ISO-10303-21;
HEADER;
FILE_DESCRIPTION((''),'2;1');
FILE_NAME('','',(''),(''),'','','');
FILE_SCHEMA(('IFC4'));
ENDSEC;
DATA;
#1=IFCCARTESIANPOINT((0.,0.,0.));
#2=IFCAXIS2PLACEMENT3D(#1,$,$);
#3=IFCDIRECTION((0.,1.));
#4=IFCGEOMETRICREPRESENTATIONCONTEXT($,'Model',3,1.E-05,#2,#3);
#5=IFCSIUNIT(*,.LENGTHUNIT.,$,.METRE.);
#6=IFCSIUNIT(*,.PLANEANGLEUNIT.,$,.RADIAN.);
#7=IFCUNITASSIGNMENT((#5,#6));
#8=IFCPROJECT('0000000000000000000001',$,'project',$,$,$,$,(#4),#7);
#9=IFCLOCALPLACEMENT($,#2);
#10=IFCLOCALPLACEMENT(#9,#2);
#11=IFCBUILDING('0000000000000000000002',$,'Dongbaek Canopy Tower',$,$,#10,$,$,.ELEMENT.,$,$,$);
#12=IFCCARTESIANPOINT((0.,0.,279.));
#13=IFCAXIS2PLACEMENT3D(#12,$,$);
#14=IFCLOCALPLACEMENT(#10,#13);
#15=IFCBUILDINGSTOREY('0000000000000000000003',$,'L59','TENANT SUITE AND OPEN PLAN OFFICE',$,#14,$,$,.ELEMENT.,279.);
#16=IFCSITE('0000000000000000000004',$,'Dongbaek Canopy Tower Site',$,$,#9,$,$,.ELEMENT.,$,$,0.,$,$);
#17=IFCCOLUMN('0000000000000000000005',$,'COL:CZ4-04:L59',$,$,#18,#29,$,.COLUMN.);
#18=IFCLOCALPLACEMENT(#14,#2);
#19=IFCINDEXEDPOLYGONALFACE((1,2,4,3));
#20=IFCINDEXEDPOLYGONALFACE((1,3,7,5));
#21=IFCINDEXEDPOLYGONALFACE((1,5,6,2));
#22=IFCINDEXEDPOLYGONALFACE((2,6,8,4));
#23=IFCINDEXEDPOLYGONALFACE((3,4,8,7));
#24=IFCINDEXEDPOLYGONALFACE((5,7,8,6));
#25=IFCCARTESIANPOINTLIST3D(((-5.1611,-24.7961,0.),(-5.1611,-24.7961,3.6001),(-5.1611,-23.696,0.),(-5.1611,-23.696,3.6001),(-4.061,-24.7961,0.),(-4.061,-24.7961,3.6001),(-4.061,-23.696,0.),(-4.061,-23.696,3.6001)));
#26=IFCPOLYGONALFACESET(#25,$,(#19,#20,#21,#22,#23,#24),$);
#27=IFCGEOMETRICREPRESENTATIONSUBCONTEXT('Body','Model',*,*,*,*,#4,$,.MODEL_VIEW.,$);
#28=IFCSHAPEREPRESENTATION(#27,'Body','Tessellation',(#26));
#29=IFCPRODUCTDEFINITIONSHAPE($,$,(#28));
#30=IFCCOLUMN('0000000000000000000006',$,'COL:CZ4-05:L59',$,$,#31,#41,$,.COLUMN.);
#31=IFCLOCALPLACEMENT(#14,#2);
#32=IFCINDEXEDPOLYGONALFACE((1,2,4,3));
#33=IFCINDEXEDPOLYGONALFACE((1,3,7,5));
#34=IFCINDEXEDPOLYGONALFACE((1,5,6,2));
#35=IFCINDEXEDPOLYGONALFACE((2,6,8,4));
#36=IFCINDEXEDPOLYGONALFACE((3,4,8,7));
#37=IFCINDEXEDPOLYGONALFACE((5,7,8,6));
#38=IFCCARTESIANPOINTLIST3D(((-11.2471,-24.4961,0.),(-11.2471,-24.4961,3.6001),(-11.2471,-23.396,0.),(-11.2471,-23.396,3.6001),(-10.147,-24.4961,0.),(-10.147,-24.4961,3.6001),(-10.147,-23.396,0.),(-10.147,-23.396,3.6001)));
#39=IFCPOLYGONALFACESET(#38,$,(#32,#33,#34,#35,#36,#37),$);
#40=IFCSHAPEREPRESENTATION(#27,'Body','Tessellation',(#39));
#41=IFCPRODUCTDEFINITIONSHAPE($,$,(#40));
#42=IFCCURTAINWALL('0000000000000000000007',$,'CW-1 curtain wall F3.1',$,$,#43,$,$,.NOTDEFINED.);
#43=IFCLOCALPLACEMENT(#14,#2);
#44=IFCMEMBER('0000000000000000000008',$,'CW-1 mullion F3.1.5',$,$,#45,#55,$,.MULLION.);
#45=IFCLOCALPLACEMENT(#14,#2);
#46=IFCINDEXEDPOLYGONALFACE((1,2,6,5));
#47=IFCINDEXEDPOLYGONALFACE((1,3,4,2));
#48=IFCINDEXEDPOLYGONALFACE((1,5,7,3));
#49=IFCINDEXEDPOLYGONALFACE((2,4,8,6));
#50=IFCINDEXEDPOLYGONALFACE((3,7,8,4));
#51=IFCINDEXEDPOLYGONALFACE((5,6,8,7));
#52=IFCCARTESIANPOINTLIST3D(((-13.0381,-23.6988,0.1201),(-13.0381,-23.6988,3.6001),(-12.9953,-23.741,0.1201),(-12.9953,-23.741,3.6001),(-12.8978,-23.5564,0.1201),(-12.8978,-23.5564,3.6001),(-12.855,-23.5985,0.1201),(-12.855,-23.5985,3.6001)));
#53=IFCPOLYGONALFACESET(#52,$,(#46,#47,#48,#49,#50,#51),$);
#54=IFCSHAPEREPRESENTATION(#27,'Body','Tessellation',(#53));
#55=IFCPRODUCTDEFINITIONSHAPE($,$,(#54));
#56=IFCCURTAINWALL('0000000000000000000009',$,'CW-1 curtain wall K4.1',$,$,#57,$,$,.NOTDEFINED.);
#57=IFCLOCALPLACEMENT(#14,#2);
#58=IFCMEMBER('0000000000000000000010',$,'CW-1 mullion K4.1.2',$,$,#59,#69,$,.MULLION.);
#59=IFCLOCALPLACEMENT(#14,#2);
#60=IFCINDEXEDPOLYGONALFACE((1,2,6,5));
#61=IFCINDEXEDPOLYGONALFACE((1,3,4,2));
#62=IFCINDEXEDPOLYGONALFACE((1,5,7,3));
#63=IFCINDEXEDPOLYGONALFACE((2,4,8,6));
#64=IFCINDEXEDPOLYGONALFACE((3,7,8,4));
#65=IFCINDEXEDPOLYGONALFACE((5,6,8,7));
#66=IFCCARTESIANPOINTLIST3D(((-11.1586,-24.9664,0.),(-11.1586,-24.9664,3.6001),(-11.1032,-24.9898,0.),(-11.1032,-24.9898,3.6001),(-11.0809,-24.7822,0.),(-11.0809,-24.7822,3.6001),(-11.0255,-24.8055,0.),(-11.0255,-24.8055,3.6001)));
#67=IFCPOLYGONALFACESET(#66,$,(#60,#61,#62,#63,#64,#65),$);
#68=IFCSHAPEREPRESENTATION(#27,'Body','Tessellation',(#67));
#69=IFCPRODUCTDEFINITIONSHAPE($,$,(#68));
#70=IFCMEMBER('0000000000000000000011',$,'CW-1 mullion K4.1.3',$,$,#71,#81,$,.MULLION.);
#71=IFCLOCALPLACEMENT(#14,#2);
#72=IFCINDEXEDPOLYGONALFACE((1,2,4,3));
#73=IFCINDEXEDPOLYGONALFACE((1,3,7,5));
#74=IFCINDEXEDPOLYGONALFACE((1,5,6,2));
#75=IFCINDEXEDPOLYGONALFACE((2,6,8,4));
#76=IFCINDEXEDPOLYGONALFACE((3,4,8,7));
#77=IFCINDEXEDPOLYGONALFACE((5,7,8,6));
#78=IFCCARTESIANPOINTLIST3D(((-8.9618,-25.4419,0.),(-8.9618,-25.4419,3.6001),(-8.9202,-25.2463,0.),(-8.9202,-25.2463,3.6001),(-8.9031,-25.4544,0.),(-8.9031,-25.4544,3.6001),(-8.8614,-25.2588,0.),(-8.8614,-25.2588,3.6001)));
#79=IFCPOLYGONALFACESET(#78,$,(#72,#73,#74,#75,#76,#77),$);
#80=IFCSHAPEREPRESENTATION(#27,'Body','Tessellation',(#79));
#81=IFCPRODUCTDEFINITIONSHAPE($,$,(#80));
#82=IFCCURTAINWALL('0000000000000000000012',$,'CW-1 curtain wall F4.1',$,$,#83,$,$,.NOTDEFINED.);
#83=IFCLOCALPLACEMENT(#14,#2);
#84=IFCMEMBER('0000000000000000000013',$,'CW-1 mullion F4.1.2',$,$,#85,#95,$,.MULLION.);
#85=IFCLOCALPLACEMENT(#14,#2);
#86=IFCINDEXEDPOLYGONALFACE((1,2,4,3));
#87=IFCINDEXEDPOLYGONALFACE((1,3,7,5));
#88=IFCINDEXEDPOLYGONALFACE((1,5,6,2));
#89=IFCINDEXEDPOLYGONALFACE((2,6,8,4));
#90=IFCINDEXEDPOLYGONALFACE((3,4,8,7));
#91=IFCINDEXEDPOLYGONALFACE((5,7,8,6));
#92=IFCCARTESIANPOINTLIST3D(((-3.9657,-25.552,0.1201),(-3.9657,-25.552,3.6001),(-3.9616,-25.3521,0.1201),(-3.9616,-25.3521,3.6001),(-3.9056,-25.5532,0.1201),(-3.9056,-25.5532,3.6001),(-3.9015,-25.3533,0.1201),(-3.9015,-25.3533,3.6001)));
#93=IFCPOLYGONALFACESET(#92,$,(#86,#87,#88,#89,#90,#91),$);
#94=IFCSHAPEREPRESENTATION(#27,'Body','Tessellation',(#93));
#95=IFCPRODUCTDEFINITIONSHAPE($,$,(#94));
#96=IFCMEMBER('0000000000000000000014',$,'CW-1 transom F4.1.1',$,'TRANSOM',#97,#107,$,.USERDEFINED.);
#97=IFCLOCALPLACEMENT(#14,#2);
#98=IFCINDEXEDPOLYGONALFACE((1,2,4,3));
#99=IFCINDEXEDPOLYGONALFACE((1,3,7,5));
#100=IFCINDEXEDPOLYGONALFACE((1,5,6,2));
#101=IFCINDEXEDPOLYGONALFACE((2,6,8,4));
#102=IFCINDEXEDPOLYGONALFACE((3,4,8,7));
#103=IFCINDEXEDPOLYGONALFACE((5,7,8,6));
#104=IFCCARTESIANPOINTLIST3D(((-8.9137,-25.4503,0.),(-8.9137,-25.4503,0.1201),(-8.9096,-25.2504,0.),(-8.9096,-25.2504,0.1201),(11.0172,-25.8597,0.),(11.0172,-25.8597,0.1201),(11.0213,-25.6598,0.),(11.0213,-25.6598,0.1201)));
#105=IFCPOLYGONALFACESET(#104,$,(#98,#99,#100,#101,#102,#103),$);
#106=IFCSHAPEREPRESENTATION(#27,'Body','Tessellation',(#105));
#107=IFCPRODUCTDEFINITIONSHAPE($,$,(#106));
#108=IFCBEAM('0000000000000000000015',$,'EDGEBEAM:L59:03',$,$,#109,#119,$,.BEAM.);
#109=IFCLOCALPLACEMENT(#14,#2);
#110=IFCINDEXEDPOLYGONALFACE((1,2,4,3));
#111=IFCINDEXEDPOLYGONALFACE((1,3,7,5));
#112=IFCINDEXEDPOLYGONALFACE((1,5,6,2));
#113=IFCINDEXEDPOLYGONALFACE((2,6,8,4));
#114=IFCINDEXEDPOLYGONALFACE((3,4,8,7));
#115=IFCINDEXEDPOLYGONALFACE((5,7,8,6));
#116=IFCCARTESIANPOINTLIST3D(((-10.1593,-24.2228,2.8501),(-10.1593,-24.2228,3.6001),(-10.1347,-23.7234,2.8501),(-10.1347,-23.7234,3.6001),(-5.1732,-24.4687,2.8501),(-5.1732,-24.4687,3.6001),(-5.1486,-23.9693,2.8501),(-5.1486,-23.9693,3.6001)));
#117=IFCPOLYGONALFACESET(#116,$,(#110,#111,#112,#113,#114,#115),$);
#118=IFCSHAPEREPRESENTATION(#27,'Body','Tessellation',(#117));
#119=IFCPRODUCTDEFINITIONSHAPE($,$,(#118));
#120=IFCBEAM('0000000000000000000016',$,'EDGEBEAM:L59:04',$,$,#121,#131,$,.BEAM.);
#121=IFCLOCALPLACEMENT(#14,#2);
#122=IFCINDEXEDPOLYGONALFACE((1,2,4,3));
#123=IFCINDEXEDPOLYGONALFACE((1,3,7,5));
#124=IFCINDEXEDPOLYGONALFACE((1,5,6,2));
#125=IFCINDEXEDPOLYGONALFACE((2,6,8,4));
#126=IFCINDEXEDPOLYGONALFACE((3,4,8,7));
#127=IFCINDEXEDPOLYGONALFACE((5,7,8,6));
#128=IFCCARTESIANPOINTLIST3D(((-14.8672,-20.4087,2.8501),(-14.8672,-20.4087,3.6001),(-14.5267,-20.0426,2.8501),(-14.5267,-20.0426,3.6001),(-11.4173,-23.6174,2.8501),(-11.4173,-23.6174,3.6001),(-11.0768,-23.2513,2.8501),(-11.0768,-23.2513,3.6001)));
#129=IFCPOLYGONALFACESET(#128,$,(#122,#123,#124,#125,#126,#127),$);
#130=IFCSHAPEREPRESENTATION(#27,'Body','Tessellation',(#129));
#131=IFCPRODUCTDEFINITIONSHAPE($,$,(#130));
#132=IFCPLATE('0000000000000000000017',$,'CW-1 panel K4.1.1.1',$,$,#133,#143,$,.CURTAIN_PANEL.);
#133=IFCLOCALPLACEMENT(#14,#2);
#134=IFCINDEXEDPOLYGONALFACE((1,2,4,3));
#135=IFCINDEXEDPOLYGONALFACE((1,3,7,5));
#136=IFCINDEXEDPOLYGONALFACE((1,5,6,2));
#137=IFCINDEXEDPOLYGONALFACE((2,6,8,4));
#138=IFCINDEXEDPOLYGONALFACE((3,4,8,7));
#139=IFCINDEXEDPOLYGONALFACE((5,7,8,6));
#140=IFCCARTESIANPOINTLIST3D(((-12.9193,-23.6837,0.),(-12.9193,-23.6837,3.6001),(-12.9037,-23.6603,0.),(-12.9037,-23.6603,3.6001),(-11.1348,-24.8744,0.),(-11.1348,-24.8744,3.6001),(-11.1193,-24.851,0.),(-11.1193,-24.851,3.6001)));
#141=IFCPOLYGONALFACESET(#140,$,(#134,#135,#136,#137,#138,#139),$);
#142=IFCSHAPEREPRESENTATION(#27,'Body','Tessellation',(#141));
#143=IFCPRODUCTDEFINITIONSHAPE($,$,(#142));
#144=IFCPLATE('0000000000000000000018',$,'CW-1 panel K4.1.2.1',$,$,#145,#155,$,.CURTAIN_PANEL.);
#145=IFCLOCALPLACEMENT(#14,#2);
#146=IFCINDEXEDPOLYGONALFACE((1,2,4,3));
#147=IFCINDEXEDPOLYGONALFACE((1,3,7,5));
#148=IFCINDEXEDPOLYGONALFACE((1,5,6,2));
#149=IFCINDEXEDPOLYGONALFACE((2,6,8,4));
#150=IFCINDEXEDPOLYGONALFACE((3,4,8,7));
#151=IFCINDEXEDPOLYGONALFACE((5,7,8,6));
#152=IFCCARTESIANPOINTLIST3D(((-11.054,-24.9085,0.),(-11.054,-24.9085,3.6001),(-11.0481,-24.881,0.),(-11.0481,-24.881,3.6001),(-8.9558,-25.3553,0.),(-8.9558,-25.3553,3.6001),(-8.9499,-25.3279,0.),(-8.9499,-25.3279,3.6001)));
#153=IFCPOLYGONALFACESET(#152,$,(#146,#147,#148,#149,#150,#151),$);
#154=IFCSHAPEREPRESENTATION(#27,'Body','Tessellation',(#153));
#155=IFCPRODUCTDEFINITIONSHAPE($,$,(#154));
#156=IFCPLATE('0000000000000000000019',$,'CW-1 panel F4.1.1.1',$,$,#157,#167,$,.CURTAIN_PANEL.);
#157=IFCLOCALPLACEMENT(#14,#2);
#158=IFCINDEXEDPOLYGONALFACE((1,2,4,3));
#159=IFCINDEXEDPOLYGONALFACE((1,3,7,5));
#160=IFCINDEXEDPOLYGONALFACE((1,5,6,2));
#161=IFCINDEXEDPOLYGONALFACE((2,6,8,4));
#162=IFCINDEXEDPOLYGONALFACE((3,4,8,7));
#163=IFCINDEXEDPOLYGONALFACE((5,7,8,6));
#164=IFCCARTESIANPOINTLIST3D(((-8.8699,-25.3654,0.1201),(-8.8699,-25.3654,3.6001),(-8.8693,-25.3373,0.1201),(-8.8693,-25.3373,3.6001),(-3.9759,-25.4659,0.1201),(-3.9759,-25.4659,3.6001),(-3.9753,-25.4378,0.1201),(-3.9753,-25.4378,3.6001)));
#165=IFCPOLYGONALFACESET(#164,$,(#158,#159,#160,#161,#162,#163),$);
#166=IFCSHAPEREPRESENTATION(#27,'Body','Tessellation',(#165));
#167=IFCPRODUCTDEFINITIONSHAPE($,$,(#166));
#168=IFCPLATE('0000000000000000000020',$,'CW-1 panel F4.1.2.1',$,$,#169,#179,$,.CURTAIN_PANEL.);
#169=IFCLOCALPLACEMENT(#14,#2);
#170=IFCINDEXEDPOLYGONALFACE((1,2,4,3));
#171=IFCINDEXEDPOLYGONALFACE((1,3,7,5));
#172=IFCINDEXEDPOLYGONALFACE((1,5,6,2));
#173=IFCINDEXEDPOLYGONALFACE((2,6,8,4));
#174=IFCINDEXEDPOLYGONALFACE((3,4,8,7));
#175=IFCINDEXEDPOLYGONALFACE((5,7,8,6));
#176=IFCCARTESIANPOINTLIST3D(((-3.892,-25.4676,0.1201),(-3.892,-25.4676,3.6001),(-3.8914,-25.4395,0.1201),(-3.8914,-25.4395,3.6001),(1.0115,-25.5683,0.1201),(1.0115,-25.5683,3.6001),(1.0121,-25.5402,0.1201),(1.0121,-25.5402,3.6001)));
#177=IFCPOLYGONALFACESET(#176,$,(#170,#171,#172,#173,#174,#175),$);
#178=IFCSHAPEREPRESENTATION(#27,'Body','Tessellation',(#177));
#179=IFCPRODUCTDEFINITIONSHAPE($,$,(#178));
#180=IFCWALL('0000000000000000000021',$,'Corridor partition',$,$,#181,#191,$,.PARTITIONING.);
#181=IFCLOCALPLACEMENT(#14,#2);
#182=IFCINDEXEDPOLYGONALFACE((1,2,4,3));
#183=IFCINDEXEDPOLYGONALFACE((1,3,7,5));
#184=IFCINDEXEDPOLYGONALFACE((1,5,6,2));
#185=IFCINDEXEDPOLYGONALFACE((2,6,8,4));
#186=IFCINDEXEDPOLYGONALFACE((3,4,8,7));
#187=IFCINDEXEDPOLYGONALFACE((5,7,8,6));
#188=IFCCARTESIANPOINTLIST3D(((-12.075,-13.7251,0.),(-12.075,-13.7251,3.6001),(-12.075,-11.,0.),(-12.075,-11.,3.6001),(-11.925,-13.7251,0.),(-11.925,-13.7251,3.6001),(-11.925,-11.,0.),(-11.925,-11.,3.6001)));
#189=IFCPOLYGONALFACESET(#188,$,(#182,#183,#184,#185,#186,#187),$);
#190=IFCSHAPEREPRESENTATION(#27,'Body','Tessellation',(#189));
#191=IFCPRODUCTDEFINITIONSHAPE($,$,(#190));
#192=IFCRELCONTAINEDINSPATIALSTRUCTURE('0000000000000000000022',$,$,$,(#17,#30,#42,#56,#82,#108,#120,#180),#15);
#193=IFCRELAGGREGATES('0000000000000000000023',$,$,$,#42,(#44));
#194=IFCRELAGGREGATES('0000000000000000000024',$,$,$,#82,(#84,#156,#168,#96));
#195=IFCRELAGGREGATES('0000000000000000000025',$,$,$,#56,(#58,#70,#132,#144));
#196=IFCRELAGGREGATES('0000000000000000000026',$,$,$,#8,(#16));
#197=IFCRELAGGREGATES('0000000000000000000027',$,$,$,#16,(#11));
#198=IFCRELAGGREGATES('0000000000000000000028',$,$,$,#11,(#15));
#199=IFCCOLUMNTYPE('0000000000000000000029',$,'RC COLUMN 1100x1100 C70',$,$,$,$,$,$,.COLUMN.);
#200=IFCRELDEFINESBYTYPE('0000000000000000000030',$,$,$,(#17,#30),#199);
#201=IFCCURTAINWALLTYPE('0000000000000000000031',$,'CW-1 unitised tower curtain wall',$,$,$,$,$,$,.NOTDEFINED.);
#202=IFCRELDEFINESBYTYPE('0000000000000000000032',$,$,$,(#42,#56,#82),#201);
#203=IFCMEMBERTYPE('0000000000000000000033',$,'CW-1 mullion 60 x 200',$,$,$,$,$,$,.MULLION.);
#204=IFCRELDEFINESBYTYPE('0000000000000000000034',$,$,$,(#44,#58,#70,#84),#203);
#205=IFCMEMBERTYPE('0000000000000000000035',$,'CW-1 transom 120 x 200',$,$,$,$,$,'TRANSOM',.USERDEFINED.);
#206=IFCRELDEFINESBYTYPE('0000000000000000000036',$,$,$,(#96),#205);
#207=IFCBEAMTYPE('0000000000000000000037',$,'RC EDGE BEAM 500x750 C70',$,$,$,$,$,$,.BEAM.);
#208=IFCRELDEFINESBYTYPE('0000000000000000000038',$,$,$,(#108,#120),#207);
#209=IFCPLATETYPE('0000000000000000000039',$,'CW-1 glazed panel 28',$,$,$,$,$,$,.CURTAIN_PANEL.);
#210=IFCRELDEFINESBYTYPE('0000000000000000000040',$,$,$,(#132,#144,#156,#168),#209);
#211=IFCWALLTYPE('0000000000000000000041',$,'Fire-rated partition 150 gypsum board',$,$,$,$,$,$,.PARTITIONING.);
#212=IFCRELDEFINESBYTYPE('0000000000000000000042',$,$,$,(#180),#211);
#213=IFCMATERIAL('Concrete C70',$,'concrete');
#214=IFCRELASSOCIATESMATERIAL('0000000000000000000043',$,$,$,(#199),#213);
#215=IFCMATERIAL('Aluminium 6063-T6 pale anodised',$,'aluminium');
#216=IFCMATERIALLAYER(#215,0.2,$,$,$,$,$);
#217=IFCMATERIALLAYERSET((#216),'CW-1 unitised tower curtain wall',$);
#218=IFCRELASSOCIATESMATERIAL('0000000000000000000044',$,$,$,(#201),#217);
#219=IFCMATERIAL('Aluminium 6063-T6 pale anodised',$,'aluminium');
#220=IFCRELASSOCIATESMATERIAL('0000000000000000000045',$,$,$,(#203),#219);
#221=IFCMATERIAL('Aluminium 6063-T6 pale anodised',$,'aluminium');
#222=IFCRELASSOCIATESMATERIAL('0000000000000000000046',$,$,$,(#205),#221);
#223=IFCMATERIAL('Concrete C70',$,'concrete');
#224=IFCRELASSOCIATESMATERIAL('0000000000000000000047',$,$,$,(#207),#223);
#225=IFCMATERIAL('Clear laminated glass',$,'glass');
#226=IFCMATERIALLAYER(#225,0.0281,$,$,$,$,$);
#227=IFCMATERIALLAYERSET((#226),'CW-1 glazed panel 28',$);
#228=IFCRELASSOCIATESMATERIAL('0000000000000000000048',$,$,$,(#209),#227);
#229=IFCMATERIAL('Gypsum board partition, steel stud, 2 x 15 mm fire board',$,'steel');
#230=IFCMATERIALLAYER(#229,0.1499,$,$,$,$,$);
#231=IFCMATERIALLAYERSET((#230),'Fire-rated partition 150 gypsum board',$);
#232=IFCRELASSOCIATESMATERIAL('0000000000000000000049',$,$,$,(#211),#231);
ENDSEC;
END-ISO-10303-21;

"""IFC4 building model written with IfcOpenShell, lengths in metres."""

from ifc_helpers import new_model, si_unit, direction, frame, frame_2d, origin, origin_2d, place, context, subcontext, project, spatial, rectangle, extrude, material, layer, layer_set, material_profile, profile_set, type_object, element, aggregate, save


model = new_model("IFC4")

# Units and contexts
model_context = context("Model", 3, precision=1e-05, world=origin(), true_north=direction((0.0, 1.0)))
body_context = subcontext(model_context, "Body", "Model", "MODEL_VIEW")
ifc_project = project(units=[si_unit("LENGTHUNIT", "METRE"), si_unit("PLANEANGLEUNIT", "RADIAN")], contexts=[model_context])

# Site, building, storey
site_placement = place(None, origin())
site = spatial("IfcSite", under=ifc_project, at=site_placement, Name="Dongbaek Canopy Tower Site", CompositionType="ELEMENT", RefElevation=0.0)
building_placement = place(site_placement, origin())
building = spatial("IfcBuilding", under=site, at=building_placement, Name="Dongbaek Canopy Tower", CompositionType="ELEMENT")
storey_placement = place(building_placement, frame((0.0, 0.0, 279.0)))
storey = spatial("IfcBuildingStorey", under=building, at=storey_placement, Name="L59", Description="TENANT SUITE AND OPEN PLAN OFFICE", CompositionType="ELEMENT", Elevation=279.0)

# Columns
ifc_material_1 = material(Name="Concrete C70", Category="concrete")
ifc_material_profile_1 = material_profile(ifc_material_1, rectangle(XDim=1.1001, YDim=1.1001, at=origin_2d()), Name="RC COLUMN 1100x1100 C70")
ifc_profile_set_1 = profile_set([ifc_material_profile_1], Name="Concrete C70")
column_type = type_object("IfcColumnType", Name="RC COLUMN 1100x1100 C70", PredefinedType="COLUMN", material=ifc_profile_set_1)
for number, where, z_axis, x_axis, name in (
    (1, (-4.6111, -24.2461, 0.0), (0.0, 0.0, 1.0), (1.0, 0.0, 0.0), "COL:CZ4-04:L59"),
    (2, (-10.697, -23.946, 0.0), (0.0, 0.0, 1.0), (1.0, 0.0, 0.0), "COL:CZ4-05:L59"),
):
    element("IfcColumn", number, at=place(storey_placement, frame(where, z_axis=z_axis, x_axis=x_axis)), inside=storey, type_object=column_type, Name=name, PredefinedType="COLUMN", context=body_context, shape_type="SweptSolid", body=[
        extrude(rectangle(XDim=1.1001, YDim=1.1001, at=origin_2d()), origin(), (0.0, 0.0, 1.0), 3.6001),
    ])

# Curtain wall, member
ifc_material_2 = material(Name="Aluminium 6063-T6 pale anodised", Category="aluminium")
ifc_layer_1 = layer(ifc_material_2, 0.2)
ifc_layer_set_1 = layer_set([ifc_layer_1], Name="CW-1 unitised tower curtain wall")
curtain_wall_type = type_object("IfcCurtainWallType", Name="CW-1 unitised tower curtain wall", PredefinedType="NOTDEFINED", material=ifc_layer_set_1)
curtain_wall_1_placement = place(storey_placement, origin())
curtain_wall_1 = element("IfcCurtainWall", 3, at=curtain_wall_1_placement, inside=storey, type_object=curtain_wall_type, Name="CW-1 curtain wall F3.1", PredefinedType="NOTDEFINED")
ifc_material_3 = material(Name="Aluminium 6063-T6 pale anodised", Category="aluminium")
ifc_material_profile_2 = material_profile(ifc_material_3, rectangle(XDim=0.2, YDim=0.0601, at=origin_2d()), Name="CW-1 mullion 60 x 200")
ifc_profile_set_2 = profile_set([ifc_material_profile_2], Name="Aluminium 6063-T6 pale anodised")
member_type_1 = type_object("IfcMemberType", Name="CW-1 mullion 60 x 200", PredefinedType="MULLION", material=ifc_profile_set_2)
member_1_placement = place(storey_placement, frame((-12.9465, -23.6487, 0.1201), z_axis=(0.0, 0.0, 1.0), x_axis=(-0.701639, -0.712532, 0.0)))
member_1 = element("IfcMember", 4, at=member_1_placement, type_object=member_type_1, Name="CW-1 mullion F3.1.5", PredefinedType="MULLION", context=body_context, shape_type="SweptSolid", body=[
    extrude(rectangle(XDim=0.2, YDim=0.0601, at=origin_2d()), origin(), (0.0, 0.0, 1.0), 3.48),
])
aggregate(curtain_wall_1, [member_1])

# Curtain walls, members
curtain_wall_2_placement = place(storey_placement, origin())
curtain_wall_2 = element("IfcCurtainWall", 5, at=curtain_wall_2_placement, inside=storey, type_object=curtain_wall_type, Name="CW-1 curtain wall K4.1", PredefinedType="NOTDEFINED")
member_2_placement = place(storey_placement, frame((-11.092, -24.886, 0.0), z_axis=(0.0, 0.0, 1.0), x_axis=(-0.388605, -0.921404, 0.0)))
member_2 = element("IfcMember", 6, at=member_2_placement, type_object=member_type_1, Name="CW-1 mullion K4.1.2", PredefinedType="MULLION", context=body_context, shape_type="SweptSolid", body=[
    extrude(rectangle(XDim=0.2, YDim=0.0601, at=origin_2d()), origin(), (0.0, 0.0, 1.0), 3.6001),
])
member_3_placement = place(storey_placement, frame((-8.9116, -25.3503, 0.0), z_axis=(0.0, 0.0, 1.0), x_axis=(-0.208292, -0.978067, 0.0)))
member_3 = element("IfcMember", 7, at=member_3_placement, type_object=member_type_1, Name="CW-1 mullion K4.1.3", PredefinedType="MULLION", context=body_context, shape_type="SweptSolid", body=[
    extrude(rectangle(XDim=0.2, YDim=0.0601, at=origin_2d()), origin(), (0.0, 0.0, 1.0), 3.6001),
])
curtain_wall_3_placement = place(storey_placement, origin())
curtain_wall_3 = element("IfcCurtainWall", 8, at=curtain_wall_3_placement, inside=storey, type_object=curtain_wall_type, Name="CW-1 curtain wall F4.1", PredefinedType="NOTDEFINED")
member_4_placement = place(storey_placement, frame((-3.9336, -25.4526, 0.1201), z_axis=(0.0, 0.0, 1.0), x_axis=(-0.020537, -0.999789, 0.0)))
member_4 = element("IfcMember", 9, at=member_4_placement, type_object=member_type_1, Name="CW-1 mullion F4.1.2", PredefinedType="MULLION", context=body_context, shape_type="SweptSolid", body=[
    extrude(rectangle(XDim=0.2, YDim=0.0601, at=origin_2d()), origin(), (0.0, 0.0, 1.0), 3.48),
])
ifc_material_4 = material(Name="Aluminium 6063-T6 pale anodised", Category="aluminium")
ifc_material_profile_3 = material_profile(ifc_material_4, rectangle(XDim=0.2, YDim=0.1201, at=origin_2d()), Name="CW-1 transom 120 x 200")
ifc_profile_set_3 = profile_set([ifc_material_profile_3], Name="Aluminium 6063-T6 pale anodised")
member_type_2 = type_object("IfcMemberType", Name="CW-1 transom 120 x 200", ElementType="TRANSOM", PredefinedType="USERDEFINED", material=ifc_profile_set_3)
member_5_placement = place(storey_placement, frame((-8.9116, -25.3503, 0.0601), z_axis=(0.999789, -0.020538, 0.0), x_axis=(0.020538, 0.999789, 0.0)))
member_5 = element("IfcMember", 10, at=member_5_placement, type_object=member_type_2, Name="CW-1 transom F4.1.1", ObjectType="TRANSOM", PredefinedType="USERDEFINED", context=body_context, shape_type="SweptSolid", body=[
    extrude(rectangle(XDim=0.2, YDim=0.1201, at=origin_2d()), origin(), (0.0, 0.0, 1.0), 19.9351),
])

# Beams
ifc_material_5 = material(Name="Concrete C70", Category="concrete")
ifc_material_profile_4 = material_profile(ifc_material_5, rectangle(XDim=0.5, YDim=0.75, at=origin_2d()), Name="RC EDGE BEAM 500x750 C70")
ifc_profile_set_4 = profile_set([ifc_material_profile_4], Name="Concrete C70")
beam_type = type_object("IfcBeamType", Name="RC EDGE BEAM 500x750 C70", PredefinedType="BEAM", material=ifc_profile_set_4)
beam_1_placement = place(storey_placement, frame((-5.1609, -24.219, 3.2251), z_axis=(-0.998787, 0.049247, 0.0), x_axis=(-0.049247, -0.998787, 0.0)))
element("IfcBeam", 11, at=beam_1_placement, inside=storey, type_object=beam_type, Name="EDGEBEAM:L59:03", PredefinedType="BEAM", context=body_context, shape_type="SweptSolid", body=[
    extrude(rectangle(XDim=0.5, YDim=0.75, at=origin_2d()), origin(), (0.0, 0.0, 1.0), 4.9922),
])
beam_2_placement = place(storey_placement, frame((-11.2471, -23.4343, 3.2251), z_axis=(-0.732241, 0.681045, 0.0), x_axis=(-0.681045, -0.732241, 0.0)))
element("IfcBeam", 12, at=beam_2_placement, inside=storey, type_object=beam_type, Name="EDGEBEAM:L59:04", PredefinedType="BEAM", context=body_context, shape_type="SweptSolid", body=[
    extrude(rectangle(XDim=0.5, YDim=0.75, at=origin_2d()), origin(), (0.0, 0.0, 1.0), 4.7114),
])

# Plates
ifc_material_6 = material(Name="Clear laminated glass", Category="glass")
ifc_layer_2 = layer(ifc_material_6, 0.0281)
ifc_layer_set_2 = layer_set([ifc_layer_2], Name="CW-1 glazed panel 28")
plate_type = type_object("IfcPlateType", Name="CW-1 glazed panel 28", PredefinedType="CURTAIN_PANEL", material=ifc_layer_set_2)
plate_1_placement = place(storey_placement, frame((-12.0193, -24.2673, 0.0), z_axis=(0.0, 0.0, 1.0), x_axis=(0.831826, -0.555036, 0.0)))
plate_1 = element("IfcPlate", 13, at=plate_1_placement, type_object=plate_type, Name="CW-1 panel K4.1.1.1", PredefinedType="CURTAIN_PANEL", context=body_context, shape_type="SweptSolid", body=[
    extrude(rectangle(XDim=2.1453, YDim=0.0281, at=origin_2d()), origin(), (0.0, 0.0, 1.0), 3.6001),
])
plate_2_placement = place(storey_placement, frame((-10.002, -25.1182, 0.0), z_axis=(0.0, 0.0, 1.0), x_axis=(0.978067, -0.208292, 0.0)))
plate_2 = element("IfcPlate", 14, at=plate_2_placement, type_object=plate_type, Name="CW-1 panel K4.1.2.1", PredefinedType="CURTAIN_PANEL", context=body_context, shape_type="SweptSolid", body=[
    extrude(rectangle(XDim=2.1453, YDim=0.0281, at=origin_2d()), origin(), (0.0, 0.0, 1.0), 3.6001),
])
plate_3_placement = place(storey_placement, frame((-6.4226, -25.4016, 0.1201), z_axis=(0.0, 0.0, 1.0), x_axis=(0.999789, -0.020537, 0.0)))
plate_3 = element("IfcPlate", 15, at=plate_3_placement, type_object=plate_type, Name="CW-1 panel F4.1.1.1", PredefinedType="CURTAIN_PANEL", context=body_context, shape_type="SweptSolid", body=[
    extrude(rectangle(XDim=4.895, YDim=0.0281, at=origin_2d()), origin(), (0.0, 0.0, 1.0), 3.48),
])
plate_4_placement = place(storey_placement, frame((-1.4399, -25.5039, 0.1201), z_axis=(0.0, 0.0, 1.0), x_axis=(0.999789, -0.020537, 0.0)))
plate_4 = element("IfcPlate", 16, at=plate_4_placement, type_object=plate_type, Name="CW-1 panel F4.1.2.1", PredefinedType="CURTAIN_PANEL", context=body_context, shape_type="SweptSolid", body=[
    extrude(rectangle(XDim=4.9045, YDim=0.0281, at=origin_2d()), origin(), (0.0, 0.0, 1.0), 3.48),
])

# Wall
ifc_material_7 = material(Name="Gypsum board partition, steel stud, 2 x 15 mm fire board", Category="steel")
ifc_layer_3 = layer(ifc_material_7, 0.1499)
ifc_layer_set_3 = layer_set([ifc_layer_3], Name="Fire-rated partition 150 gypsum board")
wall_type_1 = type_object("IfcWallType", Name="Fire-rated partition 150 gypsum board", PredefinedType="PARTITIONING", material=ifc_layer_set_3)
wall_1_placement = place(storey_placement, frame((-12.0, -13.7251, 0.0), z_axis=(0.0, 0.0, 1.0), x_axis=(0.0, 1.0, 0.0)))
element("IfcWall", 17, at=wall_1_placement, inside=storey, type_object=wall_type_1, Name="Corridor partition", PredefinedType="PARTITIONING", context=body_context, shape_type="SweptSolid", body=[
    extrude(rectangle(XDim=2.7251, YDim=0.1499, at=frame_2d((1.3625, 0.0))), origin(), (0.0, 0.0, 1.0), 3.6001),
])

aggregate(curtain_wall_3, [member_4, plate_3, plate_4, member_5])
aggregate(curtain_wall_2, [member_2, member_3, plate_1, plate_2])

save(model, "model.ifc")
